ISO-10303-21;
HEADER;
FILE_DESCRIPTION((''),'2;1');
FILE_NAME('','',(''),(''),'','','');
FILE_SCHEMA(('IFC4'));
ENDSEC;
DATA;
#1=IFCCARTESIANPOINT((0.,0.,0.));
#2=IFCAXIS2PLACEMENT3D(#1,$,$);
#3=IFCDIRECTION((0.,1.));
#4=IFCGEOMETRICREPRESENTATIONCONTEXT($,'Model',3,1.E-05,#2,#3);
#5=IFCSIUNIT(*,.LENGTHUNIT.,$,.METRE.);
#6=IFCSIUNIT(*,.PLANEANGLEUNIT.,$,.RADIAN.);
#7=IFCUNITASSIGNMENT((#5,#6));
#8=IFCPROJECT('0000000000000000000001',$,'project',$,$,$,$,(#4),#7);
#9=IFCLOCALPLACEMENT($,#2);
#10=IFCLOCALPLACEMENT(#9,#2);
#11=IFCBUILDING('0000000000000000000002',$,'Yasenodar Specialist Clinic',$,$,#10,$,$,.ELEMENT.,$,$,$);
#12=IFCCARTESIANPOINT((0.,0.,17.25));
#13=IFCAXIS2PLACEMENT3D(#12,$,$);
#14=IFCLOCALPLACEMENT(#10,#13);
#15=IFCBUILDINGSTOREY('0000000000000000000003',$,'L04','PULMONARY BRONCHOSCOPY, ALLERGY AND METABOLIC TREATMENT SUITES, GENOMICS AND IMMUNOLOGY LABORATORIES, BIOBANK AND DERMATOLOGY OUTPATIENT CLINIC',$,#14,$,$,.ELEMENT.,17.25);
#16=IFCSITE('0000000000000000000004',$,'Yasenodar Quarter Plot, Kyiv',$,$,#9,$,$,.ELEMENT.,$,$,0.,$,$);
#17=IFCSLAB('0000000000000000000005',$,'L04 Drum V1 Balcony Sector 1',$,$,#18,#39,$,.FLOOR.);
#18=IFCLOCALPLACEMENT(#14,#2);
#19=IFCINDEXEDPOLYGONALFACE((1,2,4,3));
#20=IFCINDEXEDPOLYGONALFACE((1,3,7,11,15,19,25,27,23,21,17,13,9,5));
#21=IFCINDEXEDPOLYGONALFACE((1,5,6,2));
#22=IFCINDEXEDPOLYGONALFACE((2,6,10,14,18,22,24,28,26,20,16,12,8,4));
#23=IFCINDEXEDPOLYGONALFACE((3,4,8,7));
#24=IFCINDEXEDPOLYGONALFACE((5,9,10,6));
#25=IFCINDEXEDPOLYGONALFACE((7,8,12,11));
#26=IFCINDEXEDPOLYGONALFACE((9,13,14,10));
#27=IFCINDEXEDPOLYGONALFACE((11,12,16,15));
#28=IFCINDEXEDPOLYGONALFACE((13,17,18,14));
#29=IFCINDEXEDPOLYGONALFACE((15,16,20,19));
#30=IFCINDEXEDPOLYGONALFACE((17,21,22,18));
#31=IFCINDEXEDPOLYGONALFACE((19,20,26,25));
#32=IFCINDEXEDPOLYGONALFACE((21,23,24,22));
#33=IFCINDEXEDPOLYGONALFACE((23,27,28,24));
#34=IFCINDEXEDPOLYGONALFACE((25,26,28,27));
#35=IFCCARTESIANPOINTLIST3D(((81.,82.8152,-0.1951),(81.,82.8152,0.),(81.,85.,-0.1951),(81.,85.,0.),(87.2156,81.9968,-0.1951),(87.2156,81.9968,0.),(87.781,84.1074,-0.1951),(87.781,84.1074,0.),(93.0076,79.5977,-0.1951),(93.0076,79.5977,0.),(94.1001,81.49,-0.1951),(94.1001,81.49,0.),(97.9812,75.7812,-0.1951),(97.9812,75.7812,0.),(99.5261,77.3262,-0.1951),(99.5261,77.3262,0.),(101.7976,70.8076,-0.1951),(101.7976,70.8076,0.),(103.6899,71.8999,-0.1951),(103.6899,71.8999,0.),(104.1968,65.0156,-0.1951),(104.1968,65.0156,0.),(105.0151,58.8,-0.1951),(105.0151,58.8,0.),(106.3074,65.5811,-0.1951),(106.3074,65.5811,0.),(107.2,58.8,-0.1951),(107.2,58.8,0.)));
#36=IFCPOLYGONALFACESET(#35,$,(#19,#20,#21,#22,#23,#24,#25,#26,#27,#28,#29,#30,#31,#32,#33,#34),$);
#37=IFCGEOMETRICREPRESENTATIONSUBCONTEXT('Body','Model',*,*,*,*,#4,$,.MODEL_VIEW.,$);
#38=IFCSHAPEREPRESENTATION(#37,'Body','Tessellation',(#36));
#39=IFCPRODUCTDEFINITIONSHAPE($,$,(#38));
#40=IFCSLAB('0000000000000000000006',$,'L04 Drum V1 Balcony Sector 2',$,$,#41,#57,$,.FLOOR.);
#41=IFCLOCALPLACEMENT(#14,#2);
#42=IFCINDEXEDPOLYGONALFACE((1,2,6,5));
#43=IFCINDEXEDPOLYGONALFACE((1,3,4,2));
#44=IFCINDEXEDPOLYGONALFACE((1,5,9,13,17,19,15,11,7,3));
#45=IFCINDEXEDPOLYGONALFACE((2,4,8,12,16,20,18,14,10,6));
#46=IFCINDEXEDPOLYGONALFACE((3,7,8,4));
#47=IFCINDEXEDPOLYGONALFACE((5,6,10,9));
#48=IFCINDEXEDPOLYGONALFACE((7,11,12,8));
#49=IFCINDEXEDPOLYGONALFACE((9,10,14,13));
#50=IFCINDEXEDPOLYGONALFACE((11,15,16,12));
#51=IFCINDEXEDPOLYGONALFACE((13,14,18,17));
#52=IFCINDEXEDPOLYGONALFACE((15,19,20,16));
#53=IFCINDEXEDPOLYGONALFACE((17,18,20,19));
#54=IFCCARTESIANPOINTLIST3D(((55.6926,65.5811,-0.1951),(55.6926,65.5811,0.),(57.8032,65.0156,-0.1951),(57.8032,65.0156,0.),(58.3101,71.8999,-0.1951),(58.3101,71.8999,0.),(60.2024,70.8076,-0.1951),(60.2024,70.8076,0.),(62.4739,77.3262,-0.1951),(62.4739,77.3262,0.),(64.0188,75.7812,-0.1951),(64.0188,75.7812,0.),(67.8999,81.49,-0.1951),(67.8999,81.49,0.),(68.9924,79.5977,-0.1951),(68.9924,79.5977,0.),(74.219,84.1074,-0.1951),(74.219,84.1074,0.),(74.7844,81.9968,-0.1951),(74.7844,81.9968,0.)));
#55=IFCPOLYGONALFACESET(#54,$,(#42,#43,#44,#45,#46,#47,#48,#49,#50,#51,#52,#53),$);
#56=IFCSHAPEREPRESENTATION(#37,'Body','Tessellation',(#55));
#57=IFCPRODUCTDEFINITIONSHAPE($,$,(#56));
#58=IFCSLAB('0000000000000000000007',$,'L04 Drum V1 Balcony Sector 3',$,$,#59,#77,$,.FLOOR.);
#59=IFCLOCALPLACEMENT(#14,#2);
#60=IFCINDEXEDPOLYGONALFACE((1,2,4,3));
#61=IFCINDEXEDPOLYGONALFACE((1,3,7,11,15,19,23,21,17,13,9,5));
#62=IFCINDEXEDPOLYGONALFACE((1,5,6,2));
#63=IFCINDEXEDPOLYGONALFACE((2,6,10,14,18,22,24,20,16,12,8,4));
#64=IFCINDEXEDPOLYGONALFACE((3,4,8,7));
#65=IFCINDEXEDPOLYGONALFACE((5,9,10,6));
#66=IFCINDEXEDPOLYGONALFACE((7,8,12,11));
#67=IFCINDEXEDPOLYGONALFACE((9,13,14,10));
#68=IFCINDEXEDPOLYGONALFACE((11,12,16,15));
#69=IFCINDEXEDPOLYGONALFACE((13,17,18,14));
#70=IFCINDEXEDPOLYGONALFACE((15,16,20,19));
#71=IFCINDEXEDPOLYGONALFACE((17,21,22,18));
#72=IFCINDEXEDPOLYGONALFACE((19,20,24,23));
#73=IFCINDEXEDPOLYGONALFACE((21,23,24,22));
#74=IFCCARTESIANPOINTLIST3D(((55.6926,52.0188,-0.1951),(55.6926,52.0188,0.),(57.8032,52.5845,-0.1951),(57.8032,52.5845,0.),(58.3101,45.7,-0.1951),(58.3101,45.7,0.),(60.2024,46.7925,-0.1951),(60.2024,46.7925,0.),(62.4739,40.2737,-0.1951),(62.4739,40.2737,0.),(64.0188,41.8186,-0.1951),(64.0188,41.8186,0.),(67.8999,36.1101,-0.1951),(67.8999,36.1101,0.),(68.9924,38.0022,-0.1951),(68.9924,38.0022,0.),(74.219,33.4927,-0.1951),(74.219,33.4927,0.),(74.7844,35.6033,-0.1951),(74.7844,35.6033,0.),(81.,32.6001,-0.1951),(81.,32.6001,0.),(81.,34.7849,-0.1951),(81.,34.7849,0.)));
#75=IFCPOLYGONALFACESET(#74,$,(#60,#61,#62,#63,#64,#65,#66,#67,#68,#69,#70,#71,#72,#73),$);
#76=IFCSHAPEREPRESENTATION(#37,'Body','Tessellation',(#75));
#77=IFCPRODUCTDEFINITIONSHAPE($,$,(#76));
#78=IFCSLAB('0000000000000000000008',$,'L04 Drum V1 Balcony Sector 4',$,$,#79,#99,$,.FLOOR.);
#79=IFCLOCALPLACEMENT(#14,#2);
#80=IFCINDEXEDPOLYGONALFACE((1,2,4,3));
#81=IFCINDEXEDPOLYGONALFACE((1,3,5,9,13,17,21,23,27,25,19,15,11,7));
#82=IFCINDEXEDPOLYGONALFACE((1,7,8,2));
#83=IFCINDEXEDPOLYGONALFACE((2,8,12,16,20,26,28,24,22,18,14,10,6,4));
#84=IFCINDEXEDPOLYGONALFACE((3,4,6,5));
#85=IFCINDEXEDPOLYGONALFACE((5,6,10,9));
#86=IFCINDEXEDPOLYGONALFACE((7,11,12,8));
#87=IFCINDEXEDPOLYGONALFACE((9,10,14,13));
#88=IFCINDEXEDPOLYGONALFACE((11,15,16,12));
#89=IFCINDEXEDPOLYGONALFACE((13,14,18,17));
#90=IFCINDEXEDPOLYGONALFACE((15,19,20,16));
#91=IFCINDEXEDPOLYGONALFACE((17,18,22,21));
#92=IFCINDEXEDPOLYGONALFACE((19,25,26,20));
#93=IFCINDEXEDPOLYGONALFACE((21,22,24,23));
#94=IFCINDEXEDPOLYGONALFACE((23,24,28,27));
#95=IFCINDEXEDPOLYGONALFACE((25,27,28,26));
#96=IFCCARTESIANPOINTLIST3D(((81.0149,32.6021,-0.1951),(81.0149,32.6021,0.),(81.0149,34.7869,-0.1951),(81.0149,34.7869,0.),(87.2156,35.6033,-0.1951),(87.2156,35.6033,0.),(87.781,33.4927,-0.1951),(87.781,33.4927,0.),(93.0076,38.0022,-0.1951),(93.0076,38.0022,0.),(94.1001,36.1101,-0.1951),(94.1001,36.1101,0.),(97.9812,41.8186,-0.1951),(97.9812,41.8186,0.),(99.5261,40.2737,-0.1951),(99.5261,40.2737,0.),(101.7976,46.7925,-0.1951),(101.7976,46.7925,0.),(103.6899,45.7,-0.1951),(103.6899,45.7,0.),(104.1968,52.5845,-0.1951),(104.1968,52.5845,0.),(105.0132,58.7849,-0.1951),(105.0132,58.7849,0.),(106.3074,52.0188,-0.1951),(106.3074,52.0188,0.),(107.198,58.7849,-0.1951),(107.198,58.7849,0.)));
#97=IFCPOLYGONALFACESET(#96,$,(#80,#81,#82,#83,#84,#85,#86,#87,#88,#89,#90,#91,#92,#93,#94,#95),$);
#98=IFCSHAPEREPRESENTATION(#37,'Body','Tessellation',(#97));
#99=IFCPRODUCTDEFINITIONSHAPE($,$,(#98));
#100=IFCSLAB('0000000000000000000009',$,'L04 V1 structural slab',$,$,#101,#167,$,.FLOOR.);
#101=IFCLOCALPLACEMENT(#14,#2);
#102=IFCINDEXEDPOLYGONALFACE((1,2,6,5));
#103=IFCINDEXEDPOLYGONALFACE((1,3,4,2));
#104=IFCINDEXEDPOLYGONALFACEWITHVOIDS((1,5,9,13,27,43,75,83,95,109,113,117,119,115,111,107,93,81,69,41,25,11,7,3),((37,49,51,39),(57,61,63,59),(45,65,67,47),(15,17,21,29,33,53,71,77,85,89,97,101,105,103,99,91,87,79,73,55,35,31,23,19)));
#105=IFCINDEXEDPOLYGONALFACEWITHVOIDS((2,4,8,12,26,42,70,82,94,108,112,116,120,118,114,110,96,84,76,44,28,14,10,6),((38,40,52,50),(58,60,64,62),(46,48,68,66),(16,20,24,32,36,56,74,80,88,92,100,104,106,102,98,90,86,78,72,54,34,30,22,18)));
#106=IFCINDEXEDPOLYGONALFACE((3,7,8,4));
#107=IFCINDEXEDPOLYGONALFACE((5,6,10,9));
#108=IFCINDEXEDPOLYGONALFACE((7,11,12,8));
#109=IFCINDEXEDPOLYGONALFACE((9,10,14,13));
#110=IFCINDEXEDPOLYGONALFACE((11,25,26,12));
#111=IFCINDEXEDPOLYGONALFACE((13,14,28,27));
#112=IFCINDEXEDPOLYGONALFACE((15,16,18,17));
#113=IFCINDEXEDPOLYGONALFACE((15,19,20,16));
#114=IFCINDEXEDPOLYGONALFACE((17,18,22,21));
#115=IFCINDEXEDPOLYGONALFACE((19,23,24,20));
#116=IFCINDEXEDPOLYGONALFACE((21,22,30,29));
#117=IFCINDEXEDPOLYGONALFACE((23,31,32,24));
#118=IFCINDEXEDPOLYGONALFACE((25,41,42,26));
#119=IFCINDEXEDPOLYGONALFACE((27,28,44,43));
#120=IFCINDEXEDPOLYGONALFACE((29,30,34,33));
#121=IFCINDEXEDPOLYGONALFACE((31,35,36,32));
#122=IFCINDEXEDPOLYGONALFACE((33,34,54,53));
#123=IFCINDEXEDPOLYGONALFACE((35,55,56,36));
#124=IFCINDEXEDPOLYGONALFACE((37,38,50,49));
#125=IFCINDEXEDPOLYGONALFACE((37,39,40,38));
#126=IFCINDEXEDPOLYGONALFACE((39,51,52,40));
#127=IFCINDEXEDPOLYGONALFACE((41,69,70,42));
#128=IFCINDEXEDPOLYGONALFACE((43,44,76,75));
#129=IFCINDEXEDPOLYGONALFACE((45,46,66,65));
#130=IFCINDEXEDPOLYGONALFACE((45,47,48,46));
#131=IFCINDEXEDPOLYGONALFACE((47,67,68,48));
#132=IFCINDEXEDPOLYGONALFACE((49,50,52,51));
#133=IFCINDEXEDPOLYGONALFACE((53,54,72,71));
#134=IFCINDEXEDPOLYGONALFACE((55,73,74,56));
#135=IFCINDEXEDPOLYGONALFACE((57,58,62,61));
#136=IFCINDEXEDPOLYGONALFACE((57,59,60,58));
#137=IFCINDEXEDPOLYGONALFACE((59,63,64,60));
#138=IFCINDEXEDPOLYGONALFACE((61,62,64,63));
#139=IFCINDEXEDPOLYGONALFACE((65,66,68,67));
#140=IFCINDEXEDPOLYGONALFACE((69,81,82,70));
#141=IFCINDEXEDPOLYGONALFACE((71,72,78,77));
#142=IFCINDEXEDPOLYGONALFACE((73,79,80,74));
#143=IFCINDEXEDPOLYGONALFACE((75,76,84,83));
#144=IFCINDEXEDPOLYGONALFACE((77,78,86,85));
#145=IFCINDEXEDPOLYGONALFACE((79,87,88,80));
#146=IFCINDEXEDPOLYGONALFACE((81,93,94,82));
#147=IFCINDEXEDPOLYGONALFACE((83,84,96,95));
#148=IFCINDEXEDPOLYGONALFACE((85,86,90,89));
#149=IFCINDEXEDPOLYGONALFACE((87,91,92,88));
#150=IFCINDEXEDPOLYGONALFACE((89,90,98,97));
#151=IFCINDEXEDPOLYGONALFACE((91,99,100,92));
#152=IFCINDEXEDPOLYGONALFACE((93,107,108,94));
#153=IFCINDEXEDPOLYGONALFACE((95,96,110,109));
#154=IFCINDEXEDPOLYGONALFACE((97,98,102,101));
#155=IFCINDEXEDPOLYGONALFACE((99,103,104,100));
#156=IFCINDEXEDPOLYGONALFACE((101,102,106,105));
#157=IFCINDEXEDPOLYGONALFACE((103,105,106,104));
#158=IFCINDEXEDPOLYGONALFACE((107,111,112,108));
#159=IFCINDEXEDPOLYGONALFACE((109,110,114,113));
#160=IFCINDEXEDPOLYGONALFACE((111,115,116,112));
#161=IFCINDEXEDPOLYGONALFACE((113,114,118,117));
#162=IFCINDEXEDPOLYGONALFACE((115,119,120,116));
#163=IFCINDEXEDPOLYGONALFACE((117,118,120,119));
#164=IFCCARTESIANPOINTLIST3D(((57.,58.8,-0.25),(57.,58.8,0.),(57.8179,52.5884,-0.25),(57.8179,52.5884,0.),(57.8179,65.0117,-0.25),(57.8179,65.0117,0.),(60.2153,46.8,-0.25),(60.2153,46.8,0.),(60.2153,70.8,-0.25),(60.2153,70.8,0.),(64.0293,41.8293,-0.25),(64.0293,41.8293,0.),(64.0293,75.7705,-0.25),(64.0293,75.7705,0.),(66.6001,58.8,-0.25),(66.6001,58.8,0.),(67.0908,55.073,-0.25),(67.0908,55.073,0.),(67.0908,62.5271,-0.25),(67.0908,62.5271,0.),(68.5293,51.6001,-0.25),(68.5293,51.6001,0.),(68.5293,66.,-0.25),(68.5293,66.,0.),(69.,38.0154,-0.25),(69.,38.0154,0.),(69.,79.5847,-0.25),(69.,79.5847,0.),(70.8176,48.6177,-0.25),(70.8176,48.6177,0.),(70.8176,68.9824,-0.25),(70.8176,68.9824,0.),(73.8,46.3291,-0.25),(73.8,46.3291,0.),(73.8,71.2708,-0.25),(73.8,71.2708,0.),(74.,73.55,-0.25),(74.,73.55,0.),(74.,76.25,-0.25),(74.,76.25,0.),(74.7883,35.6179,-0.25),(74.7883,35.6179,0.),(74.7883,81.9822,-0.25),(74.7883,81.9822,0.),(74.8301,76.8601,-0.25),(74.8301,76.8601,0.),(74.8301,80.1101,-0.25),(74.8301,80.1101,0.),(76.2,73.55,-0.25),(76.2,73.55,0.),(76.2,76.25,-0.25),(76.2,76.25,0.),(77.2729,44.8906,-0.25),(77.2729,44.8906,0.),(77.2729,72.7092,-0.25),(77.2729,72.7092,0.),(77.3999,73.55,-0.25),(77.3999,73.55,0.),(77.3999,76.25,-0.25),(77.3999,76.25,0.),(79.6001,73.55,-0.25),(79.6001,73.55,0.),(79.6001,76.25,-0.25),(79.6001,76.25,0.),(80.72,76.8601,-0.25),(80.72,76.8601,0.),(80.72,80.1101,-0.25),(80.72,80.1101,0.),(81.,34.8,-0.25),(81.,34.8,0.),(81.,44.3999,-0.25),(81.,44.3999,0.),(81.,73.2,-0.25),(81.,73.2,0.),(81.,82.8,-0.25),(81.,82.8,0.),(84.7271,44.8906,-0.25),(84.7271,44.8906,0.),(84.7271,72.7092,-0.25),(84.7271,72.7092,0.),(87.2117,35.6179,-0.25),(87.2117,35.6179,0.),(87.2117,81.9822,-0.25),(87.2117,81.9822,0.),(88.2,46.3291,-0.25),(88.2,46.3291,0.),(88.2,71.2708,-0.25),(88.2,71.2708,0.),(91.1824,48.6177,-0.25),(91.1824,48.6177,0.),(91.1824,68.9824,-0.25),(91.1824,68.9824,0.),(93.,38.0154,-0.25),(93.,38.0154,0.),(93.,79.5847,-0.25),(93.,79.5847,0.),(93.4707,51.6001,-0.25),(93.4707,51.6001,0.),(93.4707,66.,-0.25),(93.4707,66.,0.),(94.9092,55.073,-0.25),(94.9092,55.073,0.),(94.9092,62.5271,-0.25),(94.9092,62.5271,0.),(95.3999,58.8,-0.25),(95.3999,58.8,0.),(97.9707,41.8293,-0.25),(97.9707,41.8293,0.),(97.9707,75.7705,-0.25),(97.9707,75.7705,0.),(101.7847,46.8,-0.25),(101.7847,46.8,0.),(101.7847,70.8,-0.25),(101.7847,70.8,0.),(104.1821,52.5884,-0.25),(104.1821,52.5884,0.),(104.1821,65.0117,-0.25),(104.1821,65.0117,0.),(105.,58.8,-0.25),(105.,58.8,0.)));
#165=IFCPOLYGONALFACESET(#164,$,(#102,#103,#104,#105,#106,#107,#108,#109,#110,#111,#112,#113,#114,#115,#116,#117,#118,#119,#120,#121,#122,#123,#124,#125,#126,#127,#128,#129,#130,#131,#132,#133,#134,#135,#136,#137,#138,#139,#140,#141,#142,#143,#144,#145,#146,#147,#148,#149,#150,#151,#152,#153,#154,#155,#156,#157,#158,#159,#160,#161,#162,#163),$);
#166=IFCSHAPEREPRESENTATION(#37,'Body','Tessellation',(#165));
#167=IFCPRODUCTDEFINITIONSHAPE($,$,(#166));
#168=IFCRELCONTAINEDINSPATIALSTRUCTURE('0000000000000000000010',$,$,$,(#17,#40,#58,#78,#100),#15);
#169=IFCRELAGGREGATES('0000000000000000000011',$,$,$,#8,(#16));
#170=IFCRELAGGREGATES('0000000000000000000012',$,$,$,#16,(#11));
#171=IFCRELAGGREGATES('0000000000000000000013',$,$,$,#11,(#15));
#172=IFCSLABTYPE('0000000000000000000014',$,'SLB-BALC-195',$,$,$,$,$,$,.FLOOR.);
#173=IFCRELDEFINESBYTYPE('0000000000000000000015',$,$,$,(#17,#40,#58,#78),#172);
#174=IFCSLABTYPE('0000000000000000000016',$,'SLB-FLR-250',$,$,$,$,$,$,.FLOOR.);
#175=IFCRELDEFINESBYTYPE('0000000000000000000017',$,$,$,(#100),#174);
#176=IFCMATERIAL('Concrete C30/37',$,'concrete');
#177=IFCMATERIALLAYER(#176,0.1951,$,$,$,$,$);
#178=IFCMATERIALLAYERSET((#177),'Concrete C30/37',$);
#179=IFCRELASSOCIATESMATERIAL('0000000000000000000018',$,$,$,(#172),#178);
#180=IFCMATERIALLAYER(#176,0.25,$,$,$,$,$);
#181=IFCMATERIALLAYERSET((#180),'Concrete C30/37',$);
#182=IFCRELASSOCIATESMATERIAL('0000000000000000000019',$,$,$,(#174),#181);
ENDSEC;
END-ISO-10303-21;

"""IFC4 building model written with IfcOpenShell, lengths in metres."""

from ifc_helpers import new_model, si_unit, direction, frame, origin, place, context, subcontext, project, spatial, polyline, outline, extrude, material, layer, layer_set, type_object, element, save


model = new_model("IFC4")

# Units and contexts
model_context = context("Model", 3, precision=1e-05, world=origin(), true_north=direction((0.0, 1.0)))
body_context = subcontext(model_context, "Body", "Model", "MODEL_VIEW")
ifc_project = project(units=[si_unit("LENGTHUNIT", "METRE"), si_unit("PLANEANGLEUNIT", "RADIAN")], contexts=[model_context])

# Site, building, storey
site_placement = place(None, origin())
site = spatial("IfcSite", under=ifc_project, at=site_placement, Name="Yasenodar Quarter Plot, Kyiv", CompositionType="ELEMENT", RefElevation=0.0)
building_placement = place(site_placement, origin())
building = spatial("IfcBuilding", under=site, at=building_placement, Name="Yasenodar Specialist Clinic", CompositionType="ELEMENT")
storey_placement = place(building_placement, frame((0.0, 0.0, 17.25)))
storey = spatial("IfcBuildingStorey", under=building, at=storey_placement, Name="L04", Description="PULMONARY BRONCHOSCOPY, ALLERGY AND METABOLIC TREATMENT SUITES, GENOMICS AND IMMUNOLOGY LABORATORIES, BIOBANK AND DERMATOLOGY OUTPATIENT CLINIC", CompositionType="ELEMENT", Elevation=17.25)

# Slabs
ifc_material_1 = material(Name="Concrete C30/37", Category="concrete")
ifc_layer_1 = layer(ifc_material_1, 0.1951)
ifc_layer_set_1 = layer_set([ifc_layer_1], Name="Concrete C30/37")
slab_type_1 = type_object("IfcSlabType", Name="SLB-BALC-195", PredefinedType="FLOOR", material=ifc_layer_set_1)
slab_1_placement = place(storey_placement, frame((0.0, 0.0, -0.1951)))
element("IfcSlab", 1, at=slab_1_placement, inside=storey, type_object=slab_type_1, Name="L04 Drum V1 Balcony Sector 1", PredefinedType="FLOOR", context=body_context, shape_type="SweptSolid", body=[
    extrude(outline(polyline([(81.0, 85.0), (87.781, 84.1074), (94.1001, 81.49), (99.5261, 77.3262), (103.6899, 71.8999), (106.3074, 65.5811), (107.2, 58.8), (105.0151, 58.8), (104.1968, 65.0156), (101.7976, 70.8076), (97.9812, 75.7812), (93.0076, 79.5977), (87.2156, 81.9968), (81.0, 82.8152), (81.0, 85.0)])), origin(), (0.0, 0.0, 1.0), 0.1951),
])
slab_2_placement = place(storey_placement, frame((0.0, 0.0, -0.1951)))
element("IfcSlab", 2, at=slab_2_placement, inside=storey, type_object=slab_type_1, Name="L04 Drum V1 Balcony Sector 2", PredefinedType="FLOOR", context=body_context, shape_type="SweptSolid", body=[
    extrude(outline(polyline([(55.6926, 65.5811), (58.3101, 71.8999), (62.4739, 77.3262), (67.8999, 81.49), (74.219, 84.1074), (74.7844, 81.9968), (68.9924, 79.5977), (64.0188, 75.7812), (60.2024, 70.8076), (57.8032, 65.0156), (55.6926, 65.5811)])), origin(), (0.0, 0.0, 1.0), 0.1951),
])
slab_3_placement = place(storey_placement, frame((0.0, 0.0, -0.1951)))
element("IfcSlab", 3, at=slab_3_placement, inside=storey, type_object=slab_type_1, Name="L04 Drum V1 Balcony Sector 3", PredefinedType="FLOOR", context=body_context, shape_type="SweptSolid", body=[
    extrude(outline(polyline([(81.0, 32.6001), (74.219, 33.4927), (67.8999, 36.1101), (62.4739, 40.2737), (58.3101, 45.7), (55.6926, 52.0188), (57.8032, 52.5845), (60.2024, 46.7925), (64.0188, 41.8186), (68.9924, 38.0022), (74.7844, 35.6033), (81.0, 34.7849), (81.0, 32.6001)])), origin(), (0.0, 0.0, 1.0), 0.1951),
])
slab_4_placement = place(storey_placement, frame((0.0, 0.0, -0.1951)))
element("IfcSlab", 4, at=slab_4_placement, inside=storey, type_object=slab_type_1, Name="L04 Drum V1 Balcony Sector 4", PredefinedType="FLOOR", context=body_context, shape_type="SweptSolid", body=[
    extrude(outline(polyline([(106.3074, 52.0188), (103.6899, 45.7), (99.5261, 40.2737), (94.1001, 36.1101), (87.781, 33.4927), (81.0149, 32.6021), (81.0149, 34.7869), (87.2156, 35.6033), (93.0076, 38.0022), (97.9812, 41.8186), (101.7976, 46.7925), (104.1968, 52.5845), (105.0132, 58.7849), (107.198, 58.7849), (106.3074, 52.0188)])), origin(), (0.0, 0.0, 1.0), 0.1951),
])
ifc_layer_2 = layer(ifc_material_1, 0.25)
ifc_layer_set_2 = layer_set([ifc_layer_2], Name="Concrete C30/37")
slab_type_2 = type_object("IfcSlabType", Name="SLB-FLR-250", PredefinedType="FLOOR", material=ifc_layer_set_2)
slab_5_placement = place(storey_placement, frame((0.0, 0.0, -0.25)))
element("IfcSlab", 5, at=slab_5_placement, inside=storey, type_object=slab_type_2, Name="L04 V1 structural slab", PredefinedType="FLOOR", context=body_context, shape_type="SweptSolid", body=[
    extrude(outline(polyline([(105.0, 58.8), (104.1821, 65.0117), (101.7847, 70.8), (97.9707, 75.7705), (93.0, 79.5847), (87.2117, 81.9822), (81.0, 82.8), (74.7883, 81.9822), (69.0, 79.5847), (64.0293, 75.7705), (60.2153, 70.8), (57.8179, 65.0117), (57.0, 58.8), (57.8179, 52.5884), (60.2153, 46.8), (64.0293, 41.8293), (69.0, 38.0154), (74.7883, 35.6179), (81.0, 34.8), (87.2117, 35.6179), (93.0, 38.0154), (97.9707, 41.8293), (101.7847, 46.8), (104.1821, 52.5884), (105.0, 58.8)]), holes=[polyline([(74.8301, 76.8601), (80.72, 76.8601), (80.72, 80.1101), (74.8301, 80.1101), (74.8301, 76.8601)]), polyline([(74.0, 73.55), (76.2, 73.55), (76.2, 76.25), (74.0, 76.25), (74.0, 73.55)]), polyline([(77.3999, 73.55), (79.6001, 73.55), (79.6001, 76.25), (77.3999, 76.25), (77.3999, 73.55)]), polyline([(95.3999, 58.8), (94.9092, 62.5271), (93.4707, 66.0), (91.1824, 68.9824), (88.2, 71.2708), (84.7271, 72.7092), (81.0, 73.2), (77.2729, 72.7092), (73.8, 71.2708), (70.8176, 68.9824), (68.5293, 66.0), (67.0908, 62.5271), (66.6001, 58.8), (67.0908, 55.073), (68.5293, 51.6001), (70.8176, 48.6177), (73.8, 46.3291), (77.2729, 44.8906), (81.0, 44.3999), (84.7271, 44.8906), (88.2, 46.3291), (91.1824, 48.6177), (93.4707, 51.6001), (94.9092, 55.073), (95.3999, 58.8)])]), origin(), (0.0, 0.0, 1.0), 0.25),
])

save(model, "model.ifc")
